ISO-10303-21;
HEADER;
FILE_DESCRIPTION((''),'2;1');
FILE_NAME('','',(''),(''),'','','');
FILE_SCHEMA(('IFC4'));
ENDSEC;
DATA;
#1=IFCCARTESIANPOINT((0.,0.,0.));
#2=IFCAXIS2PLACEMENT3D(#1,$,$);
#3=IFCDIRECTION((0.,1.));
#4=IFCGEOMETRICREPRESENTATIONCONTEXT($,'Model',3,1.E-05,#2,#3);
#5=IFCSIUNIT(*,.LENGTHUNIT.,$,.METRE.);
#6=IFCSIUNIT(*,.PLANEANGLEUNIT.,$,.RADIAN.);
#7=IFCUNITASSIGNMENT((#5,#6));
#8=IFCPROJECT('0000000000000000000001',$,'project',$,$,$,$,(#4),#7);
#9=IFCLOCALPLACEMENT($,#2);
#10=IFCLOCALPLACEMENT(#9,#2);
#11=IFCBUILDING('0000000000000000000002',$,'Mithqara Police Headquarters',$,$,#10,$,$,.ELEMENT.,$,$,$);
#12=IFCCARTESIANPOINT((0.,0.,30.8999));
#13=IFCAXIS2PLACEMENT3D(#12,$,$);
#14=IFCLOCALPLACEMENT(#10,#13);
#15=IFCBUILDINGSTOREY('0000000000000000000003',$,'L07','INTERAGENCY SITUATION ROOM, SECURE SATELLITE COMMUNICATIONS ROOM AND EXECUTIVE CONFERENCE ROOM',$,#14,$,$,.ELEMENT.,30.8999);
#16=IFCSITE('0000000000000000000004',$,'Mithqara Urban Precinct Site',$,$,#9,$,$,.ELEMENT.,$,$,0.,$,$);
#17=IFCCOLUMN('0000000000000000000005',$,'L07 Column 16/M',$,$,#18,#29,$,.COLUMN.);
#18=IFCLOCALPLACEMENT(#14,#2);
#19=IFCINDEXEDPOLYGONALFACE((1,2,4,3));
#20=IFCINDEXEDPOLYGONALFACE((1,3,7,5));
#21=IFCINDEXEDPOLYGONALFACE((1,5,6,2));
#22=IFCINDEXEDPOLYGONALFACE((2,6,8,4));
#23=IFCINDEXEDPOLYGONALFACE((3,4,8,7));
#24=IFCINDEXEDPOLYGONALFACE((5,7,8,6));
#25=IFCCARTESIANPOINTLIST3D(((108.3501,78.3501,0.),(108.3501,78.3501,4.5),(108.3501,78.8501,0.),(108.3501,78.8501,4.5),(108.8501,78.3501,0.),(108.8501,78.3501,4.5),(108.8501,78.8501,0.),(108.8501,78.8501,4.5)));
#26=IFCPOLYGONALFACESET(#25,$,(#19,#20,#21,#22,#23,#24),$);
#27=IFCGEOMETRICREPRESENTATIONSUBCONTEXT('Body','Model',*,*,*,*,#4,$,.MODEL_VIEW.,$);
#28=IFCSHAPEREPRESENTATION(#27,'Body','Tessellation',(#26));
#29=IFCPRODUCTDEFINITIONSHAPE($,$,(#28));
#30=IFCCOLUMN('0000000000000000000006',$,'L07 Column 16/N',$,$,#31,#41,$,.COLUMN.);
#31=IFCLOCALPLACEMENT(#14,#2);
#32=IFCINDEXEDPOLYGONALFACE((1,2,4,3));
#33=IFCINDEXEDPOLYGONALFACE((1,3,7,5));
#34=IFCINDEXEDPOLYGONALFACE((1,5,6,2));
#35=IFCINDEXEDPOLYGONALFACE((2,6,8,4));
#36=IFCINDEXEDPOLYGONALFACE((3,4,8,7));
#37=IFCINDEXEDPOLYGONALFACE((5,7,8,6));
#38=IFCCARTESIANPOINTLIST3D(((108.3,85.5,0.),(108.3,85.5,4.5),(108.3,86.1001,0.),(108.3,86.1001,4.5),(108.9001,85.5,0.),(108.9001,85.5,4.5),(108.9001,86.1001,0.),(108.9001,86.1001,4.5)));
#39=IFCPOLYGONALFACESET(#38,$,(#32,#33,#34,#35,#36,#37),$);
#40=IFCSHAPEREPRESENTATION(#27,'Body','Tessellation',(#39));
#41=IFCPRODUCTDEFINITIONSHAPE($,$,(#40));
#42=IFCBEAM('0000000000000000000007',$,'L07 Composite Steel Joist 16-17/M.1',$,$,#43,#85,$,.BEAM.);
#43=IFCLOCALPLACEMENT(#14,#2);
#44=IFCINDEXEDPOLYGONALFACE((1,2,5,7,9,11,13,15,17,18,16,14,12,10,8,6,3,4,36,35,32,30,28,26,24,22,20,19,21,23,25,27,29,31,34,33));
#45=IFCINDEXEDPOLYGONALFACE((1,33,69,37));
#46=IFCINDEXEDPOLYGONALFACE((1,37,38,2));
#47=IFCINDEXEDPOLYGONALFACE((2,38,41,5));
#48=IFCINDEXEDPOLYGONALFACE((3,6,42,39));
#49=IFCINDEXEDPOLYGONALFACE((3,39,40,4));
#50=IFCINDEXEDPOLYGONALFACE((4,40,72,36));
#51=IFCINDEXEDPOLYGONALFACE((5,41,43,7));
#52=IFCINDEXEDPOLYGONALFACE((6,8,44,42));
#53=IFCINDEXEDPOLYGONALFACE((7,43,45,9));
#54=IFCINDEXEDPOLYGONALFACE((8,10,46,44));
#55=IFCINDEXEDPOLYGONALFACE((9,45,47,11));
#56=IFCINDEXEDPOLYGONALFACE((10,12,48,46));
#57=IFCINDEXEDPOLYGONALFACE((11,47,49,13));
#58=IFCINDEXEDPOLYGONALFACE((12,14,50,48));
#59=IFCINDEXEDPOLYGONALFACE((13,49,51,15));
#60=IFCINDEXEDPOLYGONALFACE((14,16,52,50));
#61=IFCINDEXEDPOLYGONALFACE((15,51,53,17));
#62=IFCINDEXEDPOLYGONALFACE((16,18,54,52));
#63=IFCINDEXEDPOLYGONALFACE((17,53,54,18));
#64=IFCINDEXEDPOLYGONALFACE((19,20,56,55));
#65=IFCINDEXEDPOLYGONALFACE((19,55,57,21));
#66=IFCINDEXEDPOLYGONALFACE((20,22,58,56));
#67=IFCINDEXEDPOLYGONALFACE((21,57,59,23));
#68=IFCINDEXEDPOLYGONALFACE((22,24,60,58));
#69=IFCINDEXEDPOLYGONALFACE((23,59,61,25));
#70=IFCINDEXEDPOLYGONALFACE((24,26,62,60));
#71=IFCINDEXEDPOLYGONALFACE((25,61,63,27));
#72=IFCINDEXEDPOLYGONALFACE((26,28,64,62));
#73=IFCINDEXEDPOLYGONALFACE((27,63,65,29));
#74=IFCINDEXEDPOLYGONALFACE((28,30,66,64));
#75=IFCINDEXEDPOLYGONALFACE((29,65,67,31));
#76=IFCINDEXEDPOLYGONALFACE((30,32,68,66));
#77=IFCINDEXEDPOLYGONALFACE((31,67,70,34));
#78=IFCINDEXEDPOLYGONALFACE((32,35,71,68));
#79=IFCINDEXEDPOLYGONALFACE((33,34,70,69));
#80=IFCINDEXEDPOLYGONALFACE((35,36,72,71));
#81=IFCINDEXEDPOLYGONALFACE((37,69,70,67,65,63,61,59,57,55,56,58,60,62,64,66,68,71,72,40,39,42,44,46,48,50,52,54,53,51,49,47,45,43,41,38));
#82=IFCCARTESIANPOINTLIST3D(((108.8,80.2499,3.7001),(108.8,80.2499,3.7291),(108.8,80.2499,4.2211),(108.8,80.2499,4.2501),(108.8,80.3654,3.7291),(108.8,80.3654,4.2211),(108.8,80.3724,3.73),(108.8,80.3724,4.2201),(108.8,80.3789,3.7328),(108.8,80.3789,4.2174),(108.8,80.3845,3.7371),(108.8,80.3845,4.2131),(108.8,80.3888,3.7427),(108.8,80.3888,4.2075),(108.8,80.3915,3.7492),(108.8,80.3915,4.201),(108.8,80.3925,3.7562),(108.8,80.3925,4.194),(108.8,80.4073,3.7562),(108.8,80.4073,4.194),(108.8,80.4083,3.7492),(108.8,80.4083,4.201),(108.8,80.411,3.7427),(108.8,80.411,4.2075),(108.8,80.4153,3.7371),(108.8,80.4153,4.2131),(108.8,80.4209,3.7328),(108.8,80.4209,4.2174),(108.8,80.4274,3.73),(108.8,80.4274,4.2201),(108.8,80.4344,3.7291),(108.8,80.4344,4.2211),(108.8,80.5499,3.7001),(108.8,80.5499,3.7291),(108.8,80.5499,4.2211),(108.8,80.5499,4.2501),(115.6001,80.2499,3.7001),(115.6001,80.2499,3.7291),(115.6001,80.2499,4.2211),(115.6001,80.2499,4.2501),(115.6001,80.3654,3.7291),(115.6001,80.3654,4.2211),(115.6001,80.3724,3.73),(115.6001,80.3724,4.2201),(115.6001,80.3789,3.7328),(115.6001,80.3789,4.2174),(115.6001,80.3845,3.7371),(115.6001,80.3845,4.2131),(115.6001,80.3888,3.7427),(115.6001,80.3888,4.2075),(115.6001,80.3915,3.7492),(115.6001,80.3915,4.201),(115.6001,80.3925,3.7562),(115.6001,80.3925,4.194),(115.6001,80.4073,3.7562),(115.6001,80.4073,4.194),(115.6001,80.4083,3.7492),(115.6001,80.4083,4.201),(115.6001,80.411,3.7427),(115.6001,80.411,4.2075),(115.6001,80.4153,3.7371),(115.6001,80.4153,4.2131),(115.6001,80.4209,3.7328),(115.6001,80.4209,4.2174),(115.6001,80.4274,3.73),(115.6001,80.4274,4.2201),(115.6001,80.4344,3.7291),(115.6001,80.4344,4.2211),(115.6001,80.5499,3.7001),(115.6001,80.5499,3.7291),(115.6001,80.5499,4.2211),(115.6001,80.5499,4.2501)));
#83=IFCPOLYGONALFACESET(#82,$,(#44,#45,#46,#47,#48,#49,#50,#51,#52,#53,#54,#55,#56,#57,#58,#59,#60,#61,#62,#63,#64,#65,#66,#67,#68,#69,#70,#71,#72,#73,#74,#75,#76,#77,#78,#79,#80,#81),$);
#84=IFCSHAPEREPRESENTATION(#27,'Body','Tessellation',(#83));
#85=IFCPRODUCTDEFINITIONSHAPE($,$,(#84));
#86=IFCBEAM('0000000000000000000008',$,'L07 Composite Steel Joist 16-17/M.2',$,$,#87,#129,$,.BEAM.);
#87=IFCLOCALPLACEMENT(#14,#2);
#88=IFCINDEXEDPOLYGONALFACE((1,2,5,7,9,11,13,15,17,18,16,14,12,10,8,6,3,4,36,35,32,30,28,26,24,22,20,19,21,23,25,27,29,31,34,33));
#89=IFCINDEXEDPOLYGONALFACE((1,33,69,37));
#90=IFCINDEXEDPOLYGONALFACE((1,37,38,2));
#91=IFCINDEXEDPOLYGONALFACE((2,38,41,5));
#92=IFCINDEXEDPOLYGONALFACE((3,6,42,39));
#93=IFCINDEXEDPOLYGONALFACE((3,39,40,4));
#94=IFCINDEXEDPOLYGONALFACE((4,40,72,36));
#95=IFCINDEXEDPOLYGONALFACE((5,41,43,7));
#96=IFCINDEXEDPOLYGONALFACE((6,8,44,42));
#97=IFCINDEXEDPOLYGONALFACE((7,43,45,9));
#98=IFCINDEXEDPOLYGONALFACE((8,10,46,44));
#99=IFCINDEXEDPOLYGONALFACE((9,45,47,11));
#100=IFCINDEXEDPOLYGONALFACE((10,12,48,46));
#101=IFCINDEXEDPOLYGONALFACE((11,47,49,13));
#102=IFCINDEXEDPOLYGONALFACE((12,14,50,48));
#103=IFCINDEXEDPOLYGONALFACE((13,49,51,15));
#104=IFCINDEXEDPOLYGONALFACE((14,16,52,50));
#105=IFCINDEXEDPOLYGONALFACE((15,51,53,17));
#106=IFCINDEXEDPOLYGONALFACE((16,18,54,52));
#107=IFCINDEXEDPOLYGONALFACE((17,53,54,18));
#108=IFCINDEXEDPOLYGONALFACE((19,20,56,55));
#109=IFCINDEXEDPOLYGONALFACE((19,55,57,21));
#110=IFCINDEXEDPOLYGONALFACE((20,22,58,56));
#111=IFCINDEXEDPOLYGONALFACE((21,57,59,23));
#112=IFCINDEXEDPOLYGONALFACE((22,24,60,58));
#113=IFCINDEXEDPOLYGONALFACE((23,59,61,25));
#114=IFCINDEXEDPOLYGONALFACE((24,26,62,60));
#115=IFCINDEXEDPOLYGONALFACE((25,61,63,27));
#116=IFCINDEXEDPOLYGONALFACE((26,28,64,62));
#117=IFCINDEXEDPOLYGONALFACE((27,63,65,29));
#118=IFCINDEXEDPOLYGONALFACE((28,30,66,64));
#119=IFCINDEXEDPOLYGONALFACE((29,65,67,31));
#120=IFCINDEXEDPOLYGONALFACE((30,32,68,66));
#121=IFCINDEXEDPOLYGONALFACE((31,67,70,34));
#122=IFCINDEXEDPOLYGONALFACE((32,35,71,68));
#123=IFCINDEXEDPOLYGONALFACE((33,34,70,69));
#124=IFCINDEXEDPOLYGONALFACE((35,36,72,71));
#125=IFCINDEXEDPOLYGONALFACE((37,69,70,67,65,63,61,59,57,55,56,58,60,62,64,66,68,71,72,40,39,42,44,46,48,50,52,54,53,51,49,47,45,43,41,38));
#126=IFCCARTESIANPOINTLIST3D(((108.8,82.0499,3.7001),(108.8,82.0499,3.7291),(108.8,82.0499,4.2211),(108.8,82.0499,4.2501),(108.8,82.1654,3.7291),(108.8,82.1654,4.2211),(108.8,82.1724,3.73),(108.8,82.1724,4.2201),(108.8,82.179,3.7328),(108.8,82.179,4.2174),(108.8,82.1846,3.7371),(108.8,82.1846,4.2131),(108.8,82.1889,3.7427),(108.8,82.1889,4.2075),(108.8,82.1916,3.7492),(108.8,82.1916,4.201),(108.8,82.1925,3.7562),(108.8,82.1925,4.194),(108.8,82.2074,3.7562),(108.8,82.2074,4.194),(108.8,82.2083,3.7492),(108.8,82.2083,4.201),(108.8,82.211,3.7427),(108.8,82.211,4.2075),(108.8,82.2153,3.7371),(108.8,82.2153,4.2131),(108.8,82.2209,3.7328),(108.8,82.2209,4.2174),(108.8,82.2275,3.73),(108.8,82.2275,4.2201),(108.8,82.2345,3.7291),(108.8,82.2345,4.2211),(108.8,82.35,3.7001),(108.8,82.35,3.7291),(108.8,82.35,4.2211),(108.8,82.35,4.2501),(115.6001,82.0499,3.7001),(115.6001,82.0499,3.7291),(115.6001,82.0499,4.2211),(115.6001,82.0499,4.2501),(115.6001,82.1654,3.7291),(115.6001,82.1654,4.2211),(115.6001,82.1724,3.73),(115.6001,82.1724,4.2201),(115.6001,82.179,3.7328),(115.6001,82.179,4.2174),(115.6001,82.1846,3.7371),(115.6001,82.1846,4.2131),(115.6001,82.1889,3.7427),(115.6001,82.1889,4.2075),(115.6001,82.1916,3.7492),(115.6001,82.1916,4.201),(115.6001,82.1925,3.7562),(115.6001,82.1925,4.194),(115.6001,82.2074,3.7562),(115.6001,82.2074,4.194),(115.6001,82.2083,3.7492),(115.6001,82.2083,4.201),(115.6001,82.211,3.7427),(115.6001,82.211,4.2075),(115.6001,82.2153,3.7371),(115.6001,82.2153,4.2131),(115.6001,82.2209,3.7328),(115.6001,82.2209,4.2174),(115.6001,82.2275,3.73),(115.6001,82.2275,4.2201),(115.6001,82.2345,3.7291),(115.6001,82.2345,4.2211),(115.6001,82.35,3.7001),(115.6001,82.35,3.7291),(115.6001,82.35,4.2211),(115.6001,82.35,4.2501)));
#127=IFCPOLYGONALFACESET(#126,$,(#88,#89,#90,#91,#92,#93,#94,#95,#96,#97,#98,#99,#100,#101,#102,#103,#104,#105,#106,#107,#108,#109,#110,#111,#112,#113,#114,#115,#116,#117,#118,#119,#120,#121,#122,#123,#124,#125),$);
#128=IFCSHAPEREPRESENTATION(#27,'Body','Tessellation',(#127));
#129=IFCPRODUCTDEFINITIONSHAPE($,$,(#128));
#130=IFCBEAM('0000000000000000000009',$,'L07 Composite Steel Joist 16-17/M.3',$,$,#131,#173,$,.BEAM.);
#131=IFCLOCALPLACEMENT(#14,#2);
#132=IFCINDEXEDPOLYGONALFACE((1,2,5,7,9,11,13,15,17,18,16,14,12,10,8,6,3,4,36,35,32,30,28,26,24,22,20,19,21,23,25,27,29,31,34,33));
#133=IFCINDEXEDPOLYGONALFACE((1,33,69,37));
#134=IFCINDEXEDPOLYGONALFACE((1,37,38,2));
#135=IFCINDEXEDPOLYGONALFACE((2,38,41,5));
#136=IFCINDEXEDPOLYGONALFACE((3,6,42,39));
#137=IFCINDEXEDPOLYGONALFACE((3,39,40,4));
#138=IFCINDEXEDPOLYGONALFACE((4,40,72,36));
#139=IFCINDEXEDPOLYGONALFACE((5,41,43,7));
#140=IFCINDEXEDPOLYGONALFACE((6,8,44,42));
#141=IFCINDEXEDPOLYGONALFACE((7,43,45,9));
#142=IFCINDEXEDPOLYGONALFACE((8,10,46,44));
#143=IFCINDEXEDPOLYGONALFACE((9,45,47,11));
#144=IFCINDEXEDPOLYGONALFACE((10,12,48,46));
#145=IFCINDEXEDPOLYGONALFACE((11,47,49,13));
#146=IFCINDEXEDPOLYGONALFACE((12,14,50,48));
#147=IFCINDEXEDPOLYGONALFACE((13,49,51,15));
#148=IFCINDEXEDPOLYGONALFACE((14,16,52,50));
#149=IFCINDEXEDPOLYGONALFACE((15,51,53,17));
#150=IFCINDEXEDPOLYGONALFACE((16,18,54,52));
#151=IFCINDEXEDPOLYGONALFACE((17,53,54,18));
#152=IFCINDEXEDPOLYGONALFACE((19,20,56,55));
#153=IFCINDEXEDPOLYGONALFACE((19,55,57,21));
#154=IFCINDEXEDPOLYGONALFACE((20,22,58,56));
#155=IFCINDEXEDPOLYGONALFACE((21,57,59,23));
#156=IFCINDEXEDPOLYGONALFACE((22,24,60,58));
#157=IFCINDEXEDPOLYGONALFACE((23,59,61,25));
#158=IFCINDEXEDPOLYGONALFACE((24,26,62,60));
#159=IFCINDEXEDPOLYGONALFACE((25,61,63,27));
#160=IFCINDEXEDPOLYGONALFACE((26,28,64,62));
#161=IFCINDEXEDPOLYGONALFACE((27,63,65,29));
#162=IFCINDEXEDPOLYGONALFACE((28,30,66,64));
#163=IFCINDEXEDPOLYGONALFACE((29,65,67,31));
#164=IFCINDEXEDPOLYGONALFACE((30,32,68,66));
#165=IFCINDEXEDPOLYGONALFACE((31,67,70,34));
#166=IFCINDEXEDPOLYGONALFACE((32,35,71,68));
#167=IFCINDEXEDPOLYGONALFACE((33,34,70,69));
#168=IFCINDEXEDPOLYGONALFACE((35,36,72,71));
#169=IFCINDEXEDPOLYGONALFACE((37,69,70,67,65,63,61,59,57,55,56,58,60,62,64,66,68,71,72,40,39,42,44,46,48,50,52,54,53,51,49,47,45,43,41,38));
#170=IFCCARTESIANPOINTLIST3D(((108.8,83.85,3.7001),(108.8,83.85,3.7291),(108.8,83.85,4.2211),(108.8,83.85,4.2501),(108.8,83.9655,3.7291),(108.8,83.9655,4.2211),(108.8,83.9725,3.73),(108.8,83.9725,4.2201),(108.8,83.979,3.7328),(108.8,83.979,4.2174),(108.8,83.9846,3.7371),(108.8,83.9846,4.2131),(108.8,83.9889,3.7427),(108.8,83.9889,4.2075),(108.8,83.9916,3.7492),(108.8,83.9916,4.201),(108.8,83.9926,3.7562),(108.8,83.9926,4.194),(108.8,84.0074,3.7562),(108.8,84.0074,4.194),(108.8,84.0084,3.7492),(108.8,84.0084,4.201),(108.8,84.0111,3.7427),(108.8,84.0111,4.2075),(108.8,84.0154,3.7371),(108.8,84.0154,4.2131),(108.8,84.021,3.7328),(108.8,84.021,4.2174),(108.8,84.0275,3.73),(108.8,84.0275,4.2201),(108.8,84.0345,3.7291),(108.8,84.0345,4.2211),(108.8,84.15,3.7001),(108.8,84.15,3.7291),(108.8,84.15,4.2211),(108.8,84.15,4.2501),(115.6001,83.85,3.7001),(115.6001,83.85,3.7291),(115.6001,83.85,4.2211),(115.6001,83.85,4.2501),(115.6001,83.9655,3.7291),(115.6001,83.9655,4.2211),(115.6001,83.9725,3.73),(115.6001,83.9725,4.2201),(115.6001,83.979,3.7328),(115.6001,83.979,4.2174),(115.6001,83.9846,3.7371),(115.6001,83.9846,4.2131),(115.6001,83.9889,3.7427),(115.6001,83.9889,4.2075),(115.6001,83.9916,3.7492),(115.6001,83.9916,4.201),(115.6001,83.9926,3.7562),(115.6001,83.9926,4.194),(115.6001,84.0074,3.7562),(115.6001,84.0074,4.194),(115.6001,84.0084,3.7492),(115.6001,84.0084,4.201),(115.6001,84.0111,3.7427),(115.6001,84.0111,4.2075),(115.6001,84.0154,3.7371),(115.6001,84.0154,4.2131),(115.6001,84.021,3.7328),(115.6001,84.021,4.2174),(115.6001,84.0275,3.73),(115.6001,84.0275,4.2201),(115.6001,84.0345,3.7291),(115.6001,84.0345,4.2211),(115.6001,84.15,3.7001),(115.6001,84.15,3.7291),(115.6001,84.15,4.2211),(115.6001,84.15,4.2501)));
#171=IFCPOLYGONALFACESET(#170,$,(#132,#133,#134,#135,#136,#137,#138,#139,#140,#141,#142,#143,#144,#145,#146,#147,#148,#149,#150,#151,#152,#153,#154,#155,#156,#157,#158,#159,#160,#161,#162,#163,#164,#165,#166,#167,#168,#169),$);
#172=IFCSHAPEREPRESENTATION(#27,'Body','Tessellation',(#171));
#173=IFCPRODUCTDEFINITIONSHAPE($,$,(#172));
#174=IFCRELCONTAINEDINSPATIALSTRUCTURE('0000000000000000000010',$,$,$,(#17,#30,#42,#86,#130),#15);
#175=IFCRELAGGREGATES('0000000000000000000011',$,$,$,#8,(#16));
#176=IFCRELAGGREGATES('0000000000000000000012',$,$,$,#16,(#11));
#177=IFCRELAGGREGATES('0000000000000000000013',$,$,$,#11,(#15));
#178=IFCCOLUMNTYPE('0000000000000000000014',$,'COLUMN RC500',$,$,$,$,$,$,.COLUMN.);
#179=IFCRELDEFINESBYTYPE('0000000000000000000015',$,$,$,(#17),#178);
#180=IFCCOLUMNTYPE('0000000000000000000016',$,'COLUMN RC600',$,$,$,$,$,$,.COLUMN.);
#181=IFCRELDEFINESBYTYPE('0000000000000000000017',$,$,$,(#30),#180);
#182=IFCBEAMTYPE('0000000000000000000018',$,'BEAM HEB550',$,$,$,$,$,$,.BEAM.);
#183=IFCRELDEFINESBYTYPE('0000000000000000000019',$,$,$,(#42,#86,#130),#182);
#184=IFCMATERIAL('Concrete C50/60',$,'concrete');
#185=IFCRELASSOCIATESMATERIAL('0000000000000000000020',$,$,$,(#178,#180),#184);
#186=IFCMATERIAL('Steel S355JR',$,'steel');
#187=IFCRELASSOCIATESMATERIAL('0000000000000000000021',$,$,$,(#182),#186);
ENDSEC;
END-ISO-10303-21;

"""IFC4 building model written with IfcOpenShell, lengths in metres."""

from ifc_helpers import new_model, si_unit, direction, frame, origin, origin_2d, place, context, subcontext, project, spatial, rectangle, i_section, extrude, material, material_profile, profile_set, type_object, element, save


model = new_model("IFC4")

# Units and contexts
model_context = context("Model", 3, precision=1e-05, world=origin(), true_north=direction((0.0, 1.0)))
body_context = subcontext(model_context, "Body", "Model", "MODEL_VIEW")
ifc_project = project(units=[si_unit("LENGTHUNIT", "METRE"), si_unit("PLANEANGLEUNIT", "RADIAN")], contexts=[model_context])

# Site, building, storey
site_placement = place(None, origin())
site = spatial("IfcSite", under=ifc_project, at=site_placement, Name="Mithqara Urban Precinct Site", CompositionType="ELEMENT", RefElevation=0.0)
building_placement = place(site_placement, origin())
building = spatial("IfcBuilding", under=site, at=building_placement, Name="Mithqara Police Headquarters", CompositionType="ELEMENT")
storey_placement = place(building_placement, frame((0.0, 0.0, 30.8999)))
storey = spatial("IfcBuildingStorey", under=building, at=storey_placement, Name="L07", Description="INTERAGENCY SITUATION ROOM, SECURE SATELLITE COMMUNICATIONS ROOM AND EXECUTIVE CONFERENCE ROOM", CompositionType="ELEMENT", Elevation=30.8999)

# Columns
ifc_material_1 = material(Name="Concrete C50/60", Category="concrete")
ifc_material_profile_1 = material_profile(ifc_material_1, rectangle(XDim=0.5, YDim=0.5, at=origin_2d()), Name="RC 500x500")
ifc_profile_set_1 = profile_set([ifc_material_profile_1], Name="Concrete C50/60")
column_type_1 = type_object("IfcColumnType", Name="COLUMN RC500", PredefinedType="COLUMN", material=ifc_profile_set_1)
column_1_placement = place(storey_placement, frame((108.6001, 78.6001, 0.0), z_axis=(0.0, 0.0, 1.0), x_axis=(1.0, 0.0, 0.0)))
element("IfcColumn", 1, at=column_1_placement, inside=storey, type_object=column_type_1, Name="L07 Column 16/M", PredefinedType="COLUMN", context=body_context, shape_type="SweptSolid", body=[
    extrude(rectangle(XDim=0.5, YDim=0.5, at=origin_2d()), origin(), (0.0, 0.0, 1.0), 4.5),
])
ifc_material_profile_2 = material_profile(ifc_material_1, rectangle(XDim=0.6001, YDim=0.6001, at=origin_2d()), Name="RC 600x600")
ifc_profile_set_2 = profile_set([ifc_material_profile_2], Name="Concrete C50/60")
column_type_2 = type_object("IfcColumnType", Name="COLUMN RC600", PredefinedType="COLUMN", material=ifc_profile_set_2)
column_2_placement = place(storey_placement, frame((108.6001, 85.8, 0.0), z_axis=(0.0, 0.0, 1.0), x_axis=(1.0, 0.0, 0.0)))
element("IfcColumn", 2, at=column_2_placement, inside=storey, type_object=column_type_2, Name="L07 Column 16/N", PredefinedType="COLUMN", context=body_context, shape_type="SweptSolid", body=[
    extrude(rectangle(XDim=0.6001, YDim=0.6001, at=origin_2d()), origin(), (0.0, 0.0, 1.0), 4.5),
])

# Beams
ifc_material_2 = material(Name="Steel S355JR", Category="steel")
ifc_material_profile_3 = material_profile(ifc_material_2, i_section(OverallWidth=0.3, OverallDepth=0.55, WebThickness=0.0149, FlangeThickness=0.0291, FilletRadius=0.0271, at=origin_2d()), Name="HEB 550")
ifc_profile_set_3 = profile_set([ifc_material_profile_3], Name="Steel S355JR")
beam_type_1 = type_object("IfcBeamType", Name="BEAM HEB550", PredefinedType="BEAM", material=ifc_profile_set_3)
for number, where, z_axis, x_axis, name in (
    (3, (108.8, 80.3999, 3.9751), (1.0, 0.0, 0.0), (0.0, 1.0, 0.0), "L07 Composite Steel Joist 16-17/M.1"),
    (4, (108.8, 82.2, 3.9751), (1.0, 0.0, 0.0), (0.0, 1.0, 0.0), "L07 Composite Steel Joist 16-17/M.2"),
    (5, (108.8, 84.0, 3.9751), (1.0, 0.0, 0.0), (0.0, 1.0, 0.0), "L07 Composite Steel Joist 16-17/M.3"),
):
    element("IfcBeam", number, at=place(storey_placement, frame(where, z_axis=z_axis, x_axis=x_axis)), inside=storey, type_object=beam_type_1, Name=name, PredefinedType="BEAM", context=body_context, shape_type="SweptSolid", body=[
        extrude(i_section(OverallWidth=0.3, OverallDepth=0.55, WebThickness=0.0149, FlangeThickness=0.0291, FilletRadius=0.0271, at=origin_2d()), origin(), (0.0, 0.0, 1.0), 6.8),
    ])

save(model, "model.ifc")
